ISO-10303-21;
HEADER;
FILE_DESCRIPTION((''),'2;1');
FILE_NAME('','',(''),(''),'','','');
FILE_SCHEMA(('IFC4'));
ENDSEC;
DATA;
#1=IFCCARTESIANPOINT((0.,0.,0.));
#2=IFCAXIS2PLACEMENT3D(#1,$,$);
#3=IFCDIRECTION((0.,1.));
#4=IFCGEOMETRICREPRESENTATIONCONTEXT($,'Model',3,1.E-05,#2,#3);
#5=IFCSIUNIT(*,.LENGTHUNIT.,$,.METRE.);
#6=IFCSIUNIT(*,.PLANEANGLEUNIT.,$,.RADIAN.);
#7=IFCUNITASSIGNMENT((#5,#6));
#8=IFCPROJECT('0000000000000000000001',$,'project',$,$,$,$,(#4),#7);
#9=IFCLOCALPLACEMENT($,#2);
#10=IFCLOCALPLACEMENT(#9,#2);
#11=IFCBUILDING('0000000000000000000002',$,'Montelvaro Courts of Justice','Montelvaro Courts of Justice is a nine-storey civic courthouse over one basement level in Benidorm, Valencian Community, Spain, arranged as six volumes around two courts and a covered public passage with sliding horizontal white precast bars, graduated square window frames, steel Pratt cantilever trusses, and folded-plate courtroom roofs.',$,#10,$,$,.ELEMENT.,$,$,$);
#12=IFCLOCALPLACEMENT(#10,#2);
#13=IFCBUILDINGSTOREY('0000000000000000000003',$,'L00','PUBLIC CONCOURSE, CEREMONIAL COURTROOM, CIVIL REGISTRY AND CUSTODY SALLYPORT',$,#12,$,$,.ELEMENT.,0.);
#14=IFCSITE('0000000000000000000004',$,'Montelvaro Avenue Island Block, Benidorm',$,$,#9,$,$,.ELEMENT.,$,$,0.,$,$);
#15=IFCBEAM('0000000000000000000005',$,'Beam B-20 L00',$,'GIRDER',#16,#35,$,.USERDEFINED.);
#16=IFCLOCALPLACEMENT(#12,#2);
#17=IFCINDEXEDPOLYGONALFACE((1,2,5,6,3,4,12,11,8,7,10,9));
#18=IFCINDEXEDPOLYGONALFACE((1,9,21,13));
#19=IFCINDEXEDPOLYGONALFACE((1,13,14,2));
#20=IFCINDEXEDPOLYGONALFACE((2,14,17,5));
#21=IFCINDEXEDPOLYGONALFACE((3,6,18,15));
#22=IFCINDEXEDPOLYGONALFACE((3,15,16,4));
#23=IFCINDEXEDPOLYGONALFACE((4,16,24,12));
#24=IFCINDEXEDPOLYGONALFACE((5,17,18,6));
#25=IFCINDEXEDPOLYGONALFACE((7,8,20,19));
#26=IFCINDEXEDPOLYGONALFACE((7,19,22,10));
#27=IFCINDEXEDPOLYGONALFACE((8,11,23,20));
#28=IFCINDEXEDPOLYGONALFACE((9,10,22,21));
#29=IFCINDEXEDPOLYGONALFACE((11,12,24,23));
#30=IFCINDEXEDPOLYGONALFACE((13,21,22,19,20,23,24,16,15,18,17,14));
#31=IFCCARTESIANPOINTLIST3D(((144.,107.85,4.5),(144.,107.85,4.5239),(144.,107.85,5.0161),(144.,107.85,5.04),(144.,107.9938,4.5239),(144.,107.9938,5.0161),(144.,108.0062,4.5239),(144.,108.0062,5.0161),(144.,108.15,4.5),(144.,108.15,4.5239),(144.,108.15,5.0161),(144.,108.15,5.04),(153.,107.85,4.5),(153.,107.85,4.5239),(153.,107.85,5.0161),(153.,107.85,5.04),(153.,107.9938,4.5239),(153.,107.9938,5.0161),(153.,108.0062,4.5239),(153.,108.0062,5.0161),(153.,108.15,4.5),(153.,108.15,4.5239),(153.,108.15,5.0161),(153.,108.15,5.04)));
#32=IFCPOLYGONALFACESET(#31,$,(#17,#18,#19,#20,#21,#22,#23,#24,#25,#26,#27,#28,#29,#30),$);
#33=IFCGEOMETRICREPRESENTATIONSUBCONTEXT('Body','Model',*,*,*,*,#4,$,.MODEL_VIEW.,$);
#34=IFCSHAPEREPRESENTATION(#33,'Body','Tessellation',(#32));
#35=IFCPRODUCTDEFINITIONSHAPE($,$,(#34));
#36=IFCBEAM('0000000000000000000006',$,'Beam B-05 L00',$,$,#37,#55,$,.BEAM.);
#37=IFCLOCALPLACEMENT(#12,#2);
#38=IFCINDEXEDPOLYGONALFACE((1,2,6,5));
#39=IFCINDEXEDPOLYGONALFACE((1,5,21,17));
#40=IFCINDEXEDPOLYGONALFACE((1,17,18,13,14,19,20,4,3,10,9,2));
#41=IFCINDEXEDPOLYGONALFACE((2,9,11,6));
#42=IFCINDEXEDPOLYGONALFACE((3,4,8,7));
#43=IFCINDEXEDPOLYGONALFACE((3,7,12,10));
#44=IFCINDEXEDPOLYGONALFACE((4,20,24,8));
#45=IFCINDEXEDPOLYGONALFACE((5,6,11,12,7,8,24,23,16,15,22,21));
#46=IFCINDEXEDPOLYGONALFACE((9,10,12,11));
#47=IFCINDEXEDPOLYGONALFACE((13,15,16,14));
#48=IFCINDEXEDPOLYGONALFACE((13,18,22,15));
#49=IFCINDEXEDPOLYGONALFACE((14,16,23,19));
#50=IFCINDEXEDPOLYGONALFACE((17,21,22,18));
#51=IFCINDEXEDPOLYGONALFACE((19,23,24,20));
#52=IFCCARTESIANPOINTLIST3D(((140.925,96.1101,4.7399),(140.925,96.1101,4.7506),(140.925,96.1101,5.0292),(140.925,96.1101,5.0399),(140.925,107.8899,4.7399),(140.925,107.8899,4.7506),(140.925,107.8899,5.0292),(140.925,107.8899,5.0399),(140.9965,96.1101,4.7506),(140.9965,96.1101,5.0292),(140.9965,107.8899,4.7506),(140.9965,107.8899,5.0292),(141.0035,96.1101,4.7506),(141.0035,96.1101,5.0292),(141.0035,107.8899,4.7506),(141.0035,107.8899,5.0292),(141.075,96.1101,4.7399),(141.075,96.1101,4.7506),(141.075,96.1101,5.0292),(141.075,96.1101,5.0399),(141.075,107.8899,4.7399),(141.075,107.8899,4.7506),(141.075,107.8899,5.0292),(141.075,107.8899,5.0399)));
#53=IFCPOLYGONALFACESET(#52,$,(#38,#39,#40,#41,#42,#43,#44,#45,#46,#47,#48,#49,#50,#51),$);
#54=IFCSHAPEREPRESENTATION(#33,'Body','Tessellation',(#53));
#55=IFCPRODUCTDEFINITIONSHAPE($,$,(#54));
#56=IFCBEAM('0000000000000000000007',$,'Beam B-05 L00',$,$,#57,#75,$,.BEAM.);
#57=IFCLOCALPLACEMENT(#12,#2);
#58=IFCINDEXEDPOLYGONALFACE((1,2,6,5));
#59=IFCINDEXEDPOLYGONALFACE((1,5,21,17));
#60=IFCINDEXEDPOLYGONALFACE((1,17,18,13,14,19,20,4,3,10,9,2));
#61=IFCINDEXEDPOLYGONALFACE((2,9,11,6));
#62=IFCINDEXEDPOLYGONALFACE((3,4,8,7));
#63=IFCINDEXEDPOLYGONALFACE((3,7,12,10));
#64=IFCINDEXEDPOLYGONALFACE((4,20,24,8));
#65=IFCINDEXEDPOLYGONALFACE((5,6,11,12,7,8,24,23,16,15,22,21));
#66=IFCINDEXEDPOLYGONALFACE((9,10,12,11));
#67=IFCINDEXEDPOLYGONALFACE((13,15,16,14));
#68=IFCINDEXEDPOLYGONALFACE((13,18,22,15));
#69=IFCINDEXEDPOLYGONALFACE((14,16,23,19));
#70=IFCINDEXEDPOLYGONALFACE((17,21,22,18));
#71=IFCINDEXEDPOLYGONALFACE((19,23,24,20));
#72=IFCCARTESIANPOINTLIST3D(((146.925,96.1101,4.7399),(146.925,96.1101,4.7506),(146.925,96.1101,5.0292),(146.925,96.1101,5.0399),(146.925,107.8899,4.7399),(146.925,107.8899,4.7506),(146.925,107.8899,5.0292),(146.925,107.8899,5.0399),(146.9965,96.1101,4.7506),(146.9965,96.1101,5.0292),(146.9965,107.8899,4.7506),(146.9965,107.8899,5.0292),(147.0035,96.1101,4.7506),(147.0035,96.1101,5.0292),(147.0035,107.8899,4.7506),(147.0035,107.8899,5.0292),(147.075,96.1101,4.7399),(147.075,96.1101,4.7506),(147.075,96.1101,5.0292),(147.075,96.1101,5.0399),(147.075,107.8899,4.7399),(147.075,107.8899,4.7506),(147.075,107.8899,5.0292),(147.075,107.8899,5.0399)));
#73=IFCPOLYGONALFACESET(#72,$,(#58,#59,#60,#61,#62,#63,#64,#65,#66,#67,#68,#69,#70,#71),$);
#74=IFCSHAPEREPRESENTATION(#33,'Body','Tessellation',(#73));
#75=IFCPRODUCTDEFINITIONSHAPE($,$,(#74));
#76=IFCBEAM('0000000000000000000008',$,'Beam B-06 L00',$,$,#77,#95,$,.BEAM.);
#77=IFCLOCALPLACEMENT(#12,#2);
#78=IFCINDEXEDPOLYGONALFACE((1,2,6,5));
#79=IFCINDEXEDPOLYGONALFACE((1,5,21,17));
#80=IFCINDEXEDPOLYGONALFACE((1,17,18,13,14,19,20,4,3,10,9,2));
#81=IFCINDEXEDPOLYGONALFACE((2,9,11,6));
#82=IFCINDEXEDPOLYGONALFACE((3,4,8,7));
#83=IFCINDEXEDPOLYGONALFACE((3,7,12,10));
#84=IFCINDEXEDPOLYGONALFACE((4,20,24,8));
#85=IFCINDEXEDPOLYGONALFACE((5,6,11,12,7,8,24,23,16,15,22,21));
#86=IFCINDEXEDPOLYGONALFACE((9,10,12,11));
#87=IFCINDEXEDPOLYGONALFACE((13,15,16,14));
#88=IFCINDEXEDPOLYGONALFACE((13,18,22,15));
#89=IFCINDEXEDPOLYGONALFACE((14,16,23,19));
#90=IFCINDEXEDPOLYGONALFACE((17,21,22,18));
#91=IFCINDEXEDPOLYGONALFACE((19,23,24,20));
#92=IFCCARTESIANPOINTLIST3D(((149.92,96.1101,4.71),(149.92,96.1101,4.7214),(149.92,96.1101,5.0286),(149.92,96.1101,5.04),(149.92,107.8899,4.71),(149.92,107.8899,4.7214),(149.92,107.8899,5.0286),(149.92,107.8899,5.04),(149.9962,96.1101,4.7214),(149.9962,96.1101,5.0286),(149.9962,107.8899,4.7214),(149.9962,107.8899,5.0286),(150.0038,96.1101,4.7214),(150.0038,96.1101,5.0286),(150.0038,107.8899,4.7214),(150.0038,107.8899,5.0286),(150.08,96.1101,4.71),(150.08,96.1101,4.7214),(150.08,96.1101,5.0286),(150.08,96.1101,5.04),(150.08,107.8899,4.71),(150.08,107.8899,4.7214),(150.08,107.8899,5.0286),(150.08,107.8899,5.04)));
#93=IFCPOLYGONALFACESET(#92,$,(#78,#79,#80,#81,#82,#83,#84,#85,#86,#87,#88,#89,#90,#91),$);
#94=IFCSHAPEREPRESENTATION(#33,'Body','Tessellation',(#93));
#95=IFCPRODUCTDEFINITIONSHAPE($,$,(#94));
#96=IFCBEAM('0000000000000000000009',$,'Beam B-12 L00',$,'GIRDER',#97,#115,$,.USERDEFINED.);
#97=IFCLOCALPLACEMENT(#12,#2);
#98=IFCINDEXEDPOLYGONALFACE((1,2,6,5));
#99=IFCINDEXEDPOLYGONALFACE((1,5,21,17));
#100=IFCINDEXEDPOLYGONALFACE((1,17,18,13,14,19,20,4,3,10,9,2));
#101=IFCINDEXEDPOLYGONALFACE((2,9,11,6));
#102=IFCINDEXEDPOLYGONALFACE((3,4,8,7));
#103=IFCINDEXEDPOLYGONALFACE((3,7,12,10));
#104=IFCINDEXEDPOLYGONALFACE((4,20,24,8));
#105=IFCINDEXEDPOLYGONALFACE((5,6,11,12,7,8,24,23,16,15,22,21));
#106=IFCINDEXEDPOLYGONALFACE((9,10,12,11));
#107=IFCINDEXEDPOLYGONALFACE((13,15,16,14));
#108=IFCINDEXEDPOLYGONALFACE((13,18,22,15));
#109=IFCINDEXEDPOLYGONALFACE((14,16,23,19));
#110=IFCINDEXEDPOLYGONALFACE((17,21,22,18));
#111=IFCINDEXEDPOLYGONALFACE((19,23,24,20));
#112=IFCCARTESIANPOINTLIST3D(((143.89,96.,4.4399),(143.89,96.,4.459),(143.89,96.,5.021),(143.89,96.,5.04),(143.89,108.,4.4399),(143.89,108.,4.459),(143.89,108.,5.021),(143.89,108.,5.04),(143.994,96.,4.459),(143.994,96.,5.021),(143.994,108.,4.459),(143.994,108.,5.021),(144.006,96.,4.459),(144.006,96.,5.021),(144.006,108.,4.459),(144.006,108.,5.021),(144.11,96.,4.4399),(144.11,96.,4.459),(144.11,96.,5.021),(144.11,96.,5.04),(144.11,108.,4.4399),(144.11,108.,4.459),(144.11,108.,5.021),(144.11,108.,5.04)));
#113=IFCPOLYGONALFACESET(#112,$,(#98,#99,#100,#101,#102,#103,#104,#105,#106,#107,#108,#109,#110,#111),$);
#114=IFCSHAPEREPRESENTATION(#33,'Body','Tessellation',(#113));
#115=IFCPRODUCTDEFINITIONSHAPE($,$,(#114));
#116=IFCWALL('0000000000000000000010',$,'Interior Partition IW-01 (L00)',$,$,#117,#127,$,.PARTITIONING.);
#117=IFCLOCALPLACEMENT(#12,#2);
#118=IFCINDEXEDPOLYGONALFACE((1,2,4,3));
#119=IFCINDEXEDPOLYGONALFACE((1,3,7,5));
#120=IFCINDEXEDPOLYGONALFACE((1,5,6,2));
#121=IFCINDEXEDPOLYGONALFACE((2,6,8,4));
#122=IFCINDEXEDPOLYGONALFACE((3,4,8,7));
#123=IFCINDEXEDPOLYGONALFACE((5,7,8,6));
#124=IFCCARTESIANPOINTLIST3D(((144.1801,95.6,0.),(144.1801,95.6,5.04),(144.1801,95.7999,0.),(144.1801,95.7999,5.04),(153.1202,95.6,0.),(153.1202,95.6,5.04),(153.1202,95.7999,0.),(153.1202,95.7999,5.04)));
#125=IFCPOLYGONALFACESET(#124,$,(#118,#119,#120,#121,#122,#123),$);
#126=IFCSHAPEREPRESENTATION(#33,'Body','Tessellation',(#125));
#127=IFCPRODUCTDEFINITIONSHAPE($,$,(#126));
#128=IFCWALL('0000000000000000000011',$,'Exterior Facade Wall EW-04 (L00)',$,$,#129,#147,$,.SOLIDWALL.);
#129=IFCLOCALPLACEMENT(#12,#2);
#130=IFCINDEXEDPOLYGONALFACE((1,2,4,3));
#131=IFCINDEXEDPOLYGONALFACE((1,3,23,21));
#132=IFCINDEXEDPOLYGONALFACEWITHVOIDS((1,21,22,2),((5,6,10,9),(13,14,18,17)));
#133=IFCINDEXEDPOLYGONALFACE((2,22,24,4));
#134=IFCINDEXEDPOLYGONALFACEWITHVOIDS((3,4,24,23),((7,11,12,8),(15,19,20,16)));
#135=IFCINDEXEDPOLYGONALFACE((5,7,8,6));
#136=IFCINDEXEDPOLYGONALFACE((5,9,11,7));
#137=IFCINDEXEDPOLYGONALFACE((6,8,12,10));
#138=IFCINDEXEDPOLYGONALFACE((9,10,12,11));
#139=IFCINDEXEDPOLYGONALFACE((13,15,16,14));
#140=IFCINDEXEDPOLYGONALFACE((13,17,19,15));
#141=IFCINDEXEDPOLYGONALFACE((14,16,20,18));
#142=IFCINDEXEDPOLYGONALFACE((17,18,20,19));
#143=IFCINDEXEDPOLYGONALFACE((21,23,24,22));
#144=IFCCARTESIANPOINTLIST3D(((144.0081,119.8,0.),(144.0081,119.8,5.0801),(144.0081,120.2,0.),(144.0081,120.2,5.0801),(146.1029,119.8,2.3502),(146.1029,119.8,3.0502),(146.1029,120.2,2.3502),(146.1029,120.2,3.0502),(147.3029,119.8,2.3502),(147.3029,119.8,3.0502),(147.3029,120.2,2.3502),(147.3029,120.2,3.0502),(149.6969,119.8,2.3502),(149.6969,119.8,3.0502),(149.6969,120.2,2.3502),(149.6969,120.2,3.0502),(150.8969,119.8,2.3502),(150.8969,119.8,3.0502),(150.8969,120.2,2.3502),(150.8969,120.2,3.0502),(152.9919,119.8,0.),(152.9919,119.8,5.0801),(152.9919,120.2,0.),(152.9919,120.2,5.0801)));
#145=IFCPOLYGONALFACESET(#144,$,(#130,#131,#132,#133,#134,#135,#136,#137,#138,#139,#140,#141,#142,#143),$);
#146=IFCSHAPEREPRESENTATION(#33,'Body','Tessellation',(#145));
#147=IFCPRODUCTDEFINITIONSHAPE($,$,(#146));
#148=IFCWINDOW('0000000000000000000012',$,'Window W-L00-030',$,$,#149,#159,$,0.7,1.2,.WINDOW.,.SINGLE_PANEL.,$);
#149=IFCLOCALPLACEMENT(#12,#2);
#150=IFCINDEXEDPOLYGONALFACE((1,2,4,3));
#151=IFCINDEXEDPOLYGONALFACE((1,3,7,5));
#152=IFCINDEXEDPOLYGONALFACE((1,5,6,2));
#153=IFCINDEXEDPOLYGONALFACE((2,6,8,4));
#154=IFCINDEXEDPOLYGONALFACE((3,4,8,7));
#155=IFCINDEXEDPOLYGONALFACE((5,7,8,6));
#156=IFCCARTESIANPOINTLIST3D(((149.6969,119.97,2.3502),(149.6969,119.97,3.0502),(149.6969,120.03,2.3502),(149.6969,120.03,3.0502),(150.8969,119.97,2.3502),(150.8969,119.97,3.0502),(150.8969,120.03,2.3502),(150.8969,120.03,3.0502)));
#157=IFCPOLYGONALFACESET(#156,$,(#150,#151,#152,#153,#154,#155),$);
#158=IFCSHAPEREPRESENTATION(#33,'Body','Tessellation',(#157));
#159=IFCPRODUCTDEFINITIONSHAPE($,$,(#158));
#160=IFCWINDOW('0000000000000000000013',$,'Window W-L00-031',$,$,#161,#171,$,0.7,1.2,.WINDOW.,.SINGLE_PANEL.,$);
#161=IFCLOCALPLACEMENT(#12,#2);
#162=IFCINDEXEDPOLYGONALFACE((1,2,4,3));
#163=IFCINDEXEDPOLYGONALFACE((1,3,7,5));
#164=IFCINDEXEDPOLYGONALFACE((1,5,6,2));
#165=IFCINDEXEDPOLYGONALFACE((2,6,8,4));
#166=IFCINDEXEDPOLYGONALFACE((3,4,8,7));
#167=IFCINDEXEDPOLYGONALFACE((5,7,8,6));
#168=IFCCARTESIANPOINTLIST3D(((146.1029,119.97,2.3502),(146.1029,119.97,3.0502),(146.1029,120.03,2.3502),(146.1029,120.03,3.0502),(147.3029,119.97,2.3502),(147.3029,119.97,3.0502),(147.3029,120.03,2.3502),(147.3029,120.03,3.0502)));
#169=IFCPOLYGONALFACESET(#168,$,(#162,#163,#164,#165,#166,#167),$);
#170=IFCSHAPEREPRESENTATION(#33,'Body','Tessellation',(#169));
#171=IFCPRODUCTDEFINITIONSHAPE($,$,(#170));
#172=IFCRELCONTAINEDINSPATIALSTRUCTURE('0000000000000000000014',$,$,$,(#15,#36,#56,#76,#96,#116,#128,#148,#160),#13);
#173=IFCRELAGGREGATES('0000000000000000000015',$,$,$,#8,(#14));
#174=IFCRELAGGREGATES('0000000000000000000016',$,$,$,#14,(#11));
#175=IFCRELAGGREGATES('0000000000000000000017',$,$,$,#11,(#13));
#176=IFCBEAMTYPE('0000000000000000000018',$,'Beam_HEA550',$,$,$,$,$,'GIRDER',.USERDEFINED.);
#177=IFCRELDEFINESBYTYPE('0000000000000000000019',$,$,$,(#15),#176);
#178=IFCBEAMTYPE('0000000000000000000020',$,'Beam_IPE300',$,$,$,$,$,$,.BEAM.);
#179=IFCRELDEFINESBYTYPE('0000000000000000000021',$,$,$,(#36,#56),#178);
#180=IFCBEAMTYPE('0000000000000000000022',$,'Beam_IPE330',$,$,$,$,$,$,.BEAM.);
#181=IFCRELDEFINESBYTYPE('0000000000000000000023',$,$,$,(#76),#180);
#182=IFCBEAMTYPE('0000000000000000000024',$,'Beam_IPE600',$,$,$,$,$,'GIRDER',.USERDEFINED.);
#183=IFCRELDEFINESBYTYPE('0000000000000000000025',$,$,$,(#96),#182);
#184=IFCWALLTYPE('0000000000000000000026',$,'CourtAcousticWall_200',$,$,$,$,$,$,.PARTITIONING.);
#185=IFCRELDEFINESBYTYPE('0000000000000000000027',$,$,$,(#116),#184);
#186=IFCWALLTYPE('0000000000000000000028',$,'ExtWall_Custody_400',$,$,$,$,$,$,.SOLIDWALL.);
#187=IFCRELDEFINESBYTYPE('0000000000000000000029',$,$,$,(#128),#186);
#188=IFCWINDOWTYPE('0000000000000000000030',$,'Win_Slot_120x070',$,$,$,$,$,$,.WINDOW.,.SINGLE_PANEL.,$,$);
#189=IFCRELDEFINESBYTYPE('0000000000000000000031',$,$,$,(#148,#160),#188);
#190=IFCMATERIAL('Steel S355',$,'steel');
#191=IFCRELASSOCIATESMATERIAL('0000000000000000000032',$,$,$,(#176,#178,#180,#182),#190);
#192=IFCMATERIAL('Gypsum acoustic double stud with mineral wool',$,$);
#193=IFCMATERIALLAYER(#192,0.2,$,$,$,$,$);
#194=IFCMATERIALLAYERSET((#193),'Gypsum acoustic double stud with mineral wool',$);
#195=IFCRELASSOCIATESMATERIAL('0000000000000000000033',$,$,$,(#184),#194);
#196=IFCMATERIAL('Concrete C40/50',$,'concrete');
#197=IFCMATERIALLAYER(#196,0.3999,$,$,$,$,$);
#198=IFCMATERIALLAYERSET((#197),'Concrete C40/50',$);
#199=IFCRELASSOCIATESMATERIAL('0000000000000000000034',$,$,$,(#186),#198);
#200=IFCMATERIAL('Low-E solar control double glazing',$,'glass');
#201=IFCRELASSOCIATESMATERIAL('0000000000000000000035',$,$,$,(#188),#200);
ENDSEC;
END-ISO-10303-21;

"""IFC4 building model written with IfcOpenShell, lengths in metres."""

from ifc_helpers import new_model, si_unit, direction, frame, frame_2d, origin, origin_2d, place, context, subcontext, project, spatial, rectangle, i_section, extrude, material, layer, layer_set, material_profile, profile_set, type_object, element, fill, save


model = new_model("IFC4")

# Units and contexts
model_context = context("Model", 3, precision=1e-05, world=origin(), true_north=direction((0.0, 1.0)))
body_context = subcontext(model_context, "Body", "Model", "MODEL_VIEW")
ifc_project = project(units=[si_unit("LENGTHUNIT", "METRE"), si_unit("PLANEANGLEUNIT", "RADIAN")], contexts=[model_context])

# Site, building, storey
site_placement = place(None, origin())
site = spatial("IfcSite", under=ifc_project, at=site_placement, Name="Montelvaro Avenue Island Block, Benidorm", CompositionType="ELEMENT", RefElevation=0.0)
building_placement = place(site_placement, origin())
building = spatial("IfcBuilding", under=site, at=building_placement, Name="Montelvaro Courts of Justice", Description="Montelvaro Courts of Justice is a nine-storey civic courthouse over one basement level in Benidorm, Valencian Community, Spain, arranged as six volumes around two courts and a covered public passage with sliding horizontal white precast bars, graduated square window frames, steel Pratt cantilever trusses, and folded-plate courtroom roofs.", CompositionType="ELEMENT")
storey_placement = place(building_placement, origin())
storey = spatial("IfcBuildingStorey", under=building, at=storey_placement, Name="L00", Description="PUBLIC CONCOURSE, CEREMONIAL COURTROOM, CIVIL REGISTRY AND CUSTODY SALLYPORT", CompositionType="ELEMENT", Elevation=0.0)

# Shared definitions
ifc_material_1 = material(Name="Steel S355", Category="steel")

# Beams
ifc_material_profile_1 = material_profile(ifc_material_1, i_section(OverallWidth=0.3, OverallDepth=0.54, WebThickness=0.0125, FlangeThickness=0.0239, at=origin_2d()), Name="HEA 550")
ifc_profile_set_1 = profile_set([ifc_material_profile_1], Name="Steel S355")
beam_type_1 = type_object("IfcBeamType", Name="Beam_HEA550", ElementType="GIRDER", PredefinedType="USERDEFINED", material=ifc_profile_set_1)
beam_1_placement = place(storey_placement, frame((144.0, 108.0, 4.77), z_axis=(1.0, 0.0, 0.0), x_axis=(0.0, 1.0, 0.0)))
element("IfcBeam", 1, at=beam_1_placement, inside=storey, type_object=beam_type_1, Name="Beam B-20 L00", ObjectType="GIRDER", PredefinedType="USERDEFINED", context=body_context, shape_type="SweptSolid", body=[
    extrude(i_section(OverallWidth=0.3, OverallDepth=0.54, WebThickness=0.0125, FlangeThickness=0.0239, at=origin_2d()), origin(), (0.0, 0.0, 1.0), 9.0),
])
ifc_material_profile_2 = material_profile(ifc_material_1, i_section(OverallWidth=0.1499, OverallDepth=0.3, WebThickness=0.0071, FlangeThickness=0.0107, at=origin_2d()), Name="IPE 300")
ifc_profile_set_2 = profile_set([ifc_material_profile_2], Name="Steel S355")
beam_type_2 = type_object("IfcBeamType", Name="Beam_IPE300", PredefinedType="BEAM", material=ifc_profile_set_2)
for number, where, z_axis, x_axis, name in (
    (2, (141.0, 96.1101, 4.8899), (0.0, 1.0, 0.0), (-1.0, 0.0, 0.0), "Beam B-05 L00"),
    (3, (147.0, 96.1101, 4.8899), (0.0, 1.0, 0.0), (-1.0, 0.0, 0.0), "Beam B-05 L00"),
):
    element("IfcBeam", number, at=place(storey_placement, frame(where, z_axis=z_axis, x_axis=x_axis)), inside=storey, type_object=beam_type_2, Name=name, PredefinedType="BEAM", context=body_context, shape_type="SweptSolid", body=[
        extrude(i_section(OverallWidth=0.1499, OverallDepth=0.3, WebThickness=0.0071, FlangeThickness=0.0107, at=origin_2d()), origin(), (0.0, 0.0, 1.0), 11.7798),
    ])
ifc_material_profile_3 = material_profile(ifc_material_1, i_section(OverallWidth=0.1599, OverallDepth=0.3301, WebThickness=0.0076, FlangeThickness=0.0115, at=origin_2d()), Name="IPE 330")
ifc_profile_set_3 = profile_set([ifc_material_profile_3], Name="Steel S355")
beam_type_3 = type_object("IfcBeamType", Name="Beam_IPE330", PredefinedType="BEAM", material=ifc_profile_set_3)
beam_2_placement = place(storey_placement, frame((150.0, 96.1101, 4.875), z_axis=(0.0, 1.0, 0.0), x_axis=(-1.0, 0.0, 0.0)))
element("IfcBeam", 4, at=beam_2_placement, inside=storey, type_object=beam_type_3, Name="Beam B-06 L00", PredefinedType="BEAM", context=body_context, shape_type="SweptSolid", body=[
    extrude(i_section(OverallWidth=0.1599, OverallDepth=0.3301, WebThickness=0.0076, FlangeThickness=0.0115, at=origin_2d()), origin(), (0.0, 0.0, 1.0), 11.7798),
])
ifc_material_profile_4 = material_profile(ifc_material_1, i_section(OverallWidth=0.22, OverallDepth=0.6001, WebThickness=0.012, FlangeThickness=0.019, at=origin_2d()), Name="IPE 600")
ifc_profile_set_4 = profile_set([ifc_material_profile_4], Name="Steel S355")
beam_type_4 = type_object("IfcBeamType", Name="Beam_IPE600", ElementType="GIRDER", PredefinedType="USERDEFINED", material=ifc_profile_set_4)
beam_3_placement = place(storey_placement, frame((144.0, 96.0, 4.74), z_axis=(0.0, 1.0, 0.0), x_axis=(-1.0, 0.0, 0.0)))
element("IfcBeam", 5, at=beam_3_placement, inside=storey, type_object=beam_type_4, Name="Beam B-12 L00", ObjectType="GIRDER", PredefinedType="USERDEFINED", context=body_context, shape_type="SweptSolid", body=[
    extrude(i_section(OverallWidth=0.22, OverallDepth=0.6001, WebThickness=0.012, FlangeThickness=0.019, at=origin_2d()), origin(), (0.0, 0.0, 1.0), 12.0),
])

# Wall
ifc_material_2 = material(Name="Gypsum acoustic double stud with mineral wool")
ifc_layer_1 = layer(ifc_material_2, 0.2)
ifc_layer_set_1 = layer_set([ifc_layer_1], Name="Gypsum acoustic double stud with mineral wool")
wall_type_1 = type_object("IfcWallType", Name="CourtAcousticWall_200", PredefinedType="PARTITIONING", material=ifc_layer_set_1)
wall_1_placement = place(storey_placement, frame((144.1799, 95.7, 0.0), z_axis=(0.0, 0.0, 1.0), x_axis=(1.0, 0.0, 0.0)))
element("IfcWall", 6, at=wall_1_placement, inside=storey, type_object=wall_type_1, Name="Interior Partition IW-01 (L00)", PredefinedType="PARTITIONING", context=body_context, shape_type="SweptSolid", body=[
    extrude(rectangle(XDim=8.9402, YDim=0.2, at=frame_2d((4.4702, 0.0))), origin(), (0.0, 0.0, 1.0), 5.04),
])

# Wall, openings, windows
ifc_material_3 = material(Name="Concrete C40/50", Category="concrete")
ifc_layer_2 = layer(ifc_material_3, 0.3999)
ifc_layer_set_2 = layer_set([ifc_layer_2], Name="Concrete C40/50")
wall_type_2 = type_object("IfcWallType", Name="ExtWall_Custody_400", PredefinedType="SOLIDWALL", material=ifc_layer_set_2)
wall_2_placement = place(storey_placement, frame((152.9919, 120.0, 0.0), z_axis=(0.0, 0.0, 1.0), x_axis=(-1.0, 0.0, 0.0)))
wall_2 = element("IfcWall", 7, at=wall_2_placement, inside=storey, type_object=wall_type_2, Name="Exterior Facade Wall EW-04 (L00)", PredefinedType="SOLIDWALL", context=body_context, shape_type="SweptSolid", body=[
    extrude(rectangle(XDim=8.9839, YDim=0.3999, at=frame_2d((4.4919, 0.0))), origin(), (0.0, 0.0, 1.0), 5.0801),
])
opening_1_placement = place(wall_2_placement, frame((2.095, 0.0, 2.3501)))
opening_1 = element("IfcOpeningElement", 8, at=opening_1_placement, cuts=wall_2, PredefinedType="OPENING", context=body_context, shape_type="SweptSolid", body=[
    extrude(rectangle(XDim=1.2, YDim=0.7, at=frame_2d((0.6001, 0.3501))), frame((0.0, 0.2148, 0.0), z_axis=(0.0, -1.0, 0.0), x_axis=(1.0, 0.0, 0.0)), (0.0, 0.0, 1.0), 0.4297),
])
opening_2_placement = place(wall_2_placement, frame((5.689, 0.0, 2.3501)))
opening_2 = element("IfcOpeningElement", 9, at=opening_2_placement, cuts=wall_2, PredefinedType="OPENING", context=body_context, shape_type="SweptSolid", body=[
    extrude(rectangle(XDim=1.2, YDim=0.7, at=frame_2d((0.6001, 0.3501))), frame((0.0, 0.2148, 0.0), z_axis=(0.0, -1.0, 0.0), x_axis=(1.0, 0.0, 0.0)), (0.0, 0.0, 1.0), 0.4297),
])
ifc_material_4 = material(Name="Low-E solar control double glazing", Category="glass")
window_type_1 = type_object("IfcWindowType", Name="Win_Slot_120x070", PartitioningType="SINGLE_PANEL", PredefinedType="WINDOW", material=ifc_material_4)
window_1_placement = place(opening_1_placement, origin())
window_1 = element("IfcWindow", 10, at=window_1_placement, inside=storey, type_object=window_type_1, Name="Window W-L00-030", OverallHeight=0.7, OverallWidth=1.2, PartitioningType="SINGLE_PANEL", PredefinedType="WINDOW", context=body_context, shape_type="SweptSolid", body=[
    extrude(rectangle(XDim=1.2, YDim=0.7, at=frame_2d((0.6001, 0.3501))), frame((0.0, 0.03, 0.0), z_axis=(0.0, -1.0, 0.0), x_axis=(1.0, 0.0, 0.0)), (0.0, 0.0, 1.0), 0.0601),
])
fill(opening_1, window_1)
window_2_placement = place(opening_2_placement, origin())
window_2 = element("IfcWindow", 11, at=window_2_placement, inside=storey, type_object=window_type_1, Name="Window W-L00-031", OverallHeight=0.7, OverallWidth=1.2, PartitioningType="SINGLE_PANEL", PredefinedType="WINDOW", context=body_context, shape_type="SweptSolid", body=[
    extrude(rectangle(XDim=1.2, YDim=0.7, at=frame_2d((0.6001, 0.3501))), frame((0.0, 0.03, 0.0), z_axis=(0.0, -1.0, 0.0), x_axis=(1.0, 0.0, 0.0)), (0.0, 0.0, 1.0), 0.0601),
])
fill(opening_2, window_2)

save(model, "model.ifc")
